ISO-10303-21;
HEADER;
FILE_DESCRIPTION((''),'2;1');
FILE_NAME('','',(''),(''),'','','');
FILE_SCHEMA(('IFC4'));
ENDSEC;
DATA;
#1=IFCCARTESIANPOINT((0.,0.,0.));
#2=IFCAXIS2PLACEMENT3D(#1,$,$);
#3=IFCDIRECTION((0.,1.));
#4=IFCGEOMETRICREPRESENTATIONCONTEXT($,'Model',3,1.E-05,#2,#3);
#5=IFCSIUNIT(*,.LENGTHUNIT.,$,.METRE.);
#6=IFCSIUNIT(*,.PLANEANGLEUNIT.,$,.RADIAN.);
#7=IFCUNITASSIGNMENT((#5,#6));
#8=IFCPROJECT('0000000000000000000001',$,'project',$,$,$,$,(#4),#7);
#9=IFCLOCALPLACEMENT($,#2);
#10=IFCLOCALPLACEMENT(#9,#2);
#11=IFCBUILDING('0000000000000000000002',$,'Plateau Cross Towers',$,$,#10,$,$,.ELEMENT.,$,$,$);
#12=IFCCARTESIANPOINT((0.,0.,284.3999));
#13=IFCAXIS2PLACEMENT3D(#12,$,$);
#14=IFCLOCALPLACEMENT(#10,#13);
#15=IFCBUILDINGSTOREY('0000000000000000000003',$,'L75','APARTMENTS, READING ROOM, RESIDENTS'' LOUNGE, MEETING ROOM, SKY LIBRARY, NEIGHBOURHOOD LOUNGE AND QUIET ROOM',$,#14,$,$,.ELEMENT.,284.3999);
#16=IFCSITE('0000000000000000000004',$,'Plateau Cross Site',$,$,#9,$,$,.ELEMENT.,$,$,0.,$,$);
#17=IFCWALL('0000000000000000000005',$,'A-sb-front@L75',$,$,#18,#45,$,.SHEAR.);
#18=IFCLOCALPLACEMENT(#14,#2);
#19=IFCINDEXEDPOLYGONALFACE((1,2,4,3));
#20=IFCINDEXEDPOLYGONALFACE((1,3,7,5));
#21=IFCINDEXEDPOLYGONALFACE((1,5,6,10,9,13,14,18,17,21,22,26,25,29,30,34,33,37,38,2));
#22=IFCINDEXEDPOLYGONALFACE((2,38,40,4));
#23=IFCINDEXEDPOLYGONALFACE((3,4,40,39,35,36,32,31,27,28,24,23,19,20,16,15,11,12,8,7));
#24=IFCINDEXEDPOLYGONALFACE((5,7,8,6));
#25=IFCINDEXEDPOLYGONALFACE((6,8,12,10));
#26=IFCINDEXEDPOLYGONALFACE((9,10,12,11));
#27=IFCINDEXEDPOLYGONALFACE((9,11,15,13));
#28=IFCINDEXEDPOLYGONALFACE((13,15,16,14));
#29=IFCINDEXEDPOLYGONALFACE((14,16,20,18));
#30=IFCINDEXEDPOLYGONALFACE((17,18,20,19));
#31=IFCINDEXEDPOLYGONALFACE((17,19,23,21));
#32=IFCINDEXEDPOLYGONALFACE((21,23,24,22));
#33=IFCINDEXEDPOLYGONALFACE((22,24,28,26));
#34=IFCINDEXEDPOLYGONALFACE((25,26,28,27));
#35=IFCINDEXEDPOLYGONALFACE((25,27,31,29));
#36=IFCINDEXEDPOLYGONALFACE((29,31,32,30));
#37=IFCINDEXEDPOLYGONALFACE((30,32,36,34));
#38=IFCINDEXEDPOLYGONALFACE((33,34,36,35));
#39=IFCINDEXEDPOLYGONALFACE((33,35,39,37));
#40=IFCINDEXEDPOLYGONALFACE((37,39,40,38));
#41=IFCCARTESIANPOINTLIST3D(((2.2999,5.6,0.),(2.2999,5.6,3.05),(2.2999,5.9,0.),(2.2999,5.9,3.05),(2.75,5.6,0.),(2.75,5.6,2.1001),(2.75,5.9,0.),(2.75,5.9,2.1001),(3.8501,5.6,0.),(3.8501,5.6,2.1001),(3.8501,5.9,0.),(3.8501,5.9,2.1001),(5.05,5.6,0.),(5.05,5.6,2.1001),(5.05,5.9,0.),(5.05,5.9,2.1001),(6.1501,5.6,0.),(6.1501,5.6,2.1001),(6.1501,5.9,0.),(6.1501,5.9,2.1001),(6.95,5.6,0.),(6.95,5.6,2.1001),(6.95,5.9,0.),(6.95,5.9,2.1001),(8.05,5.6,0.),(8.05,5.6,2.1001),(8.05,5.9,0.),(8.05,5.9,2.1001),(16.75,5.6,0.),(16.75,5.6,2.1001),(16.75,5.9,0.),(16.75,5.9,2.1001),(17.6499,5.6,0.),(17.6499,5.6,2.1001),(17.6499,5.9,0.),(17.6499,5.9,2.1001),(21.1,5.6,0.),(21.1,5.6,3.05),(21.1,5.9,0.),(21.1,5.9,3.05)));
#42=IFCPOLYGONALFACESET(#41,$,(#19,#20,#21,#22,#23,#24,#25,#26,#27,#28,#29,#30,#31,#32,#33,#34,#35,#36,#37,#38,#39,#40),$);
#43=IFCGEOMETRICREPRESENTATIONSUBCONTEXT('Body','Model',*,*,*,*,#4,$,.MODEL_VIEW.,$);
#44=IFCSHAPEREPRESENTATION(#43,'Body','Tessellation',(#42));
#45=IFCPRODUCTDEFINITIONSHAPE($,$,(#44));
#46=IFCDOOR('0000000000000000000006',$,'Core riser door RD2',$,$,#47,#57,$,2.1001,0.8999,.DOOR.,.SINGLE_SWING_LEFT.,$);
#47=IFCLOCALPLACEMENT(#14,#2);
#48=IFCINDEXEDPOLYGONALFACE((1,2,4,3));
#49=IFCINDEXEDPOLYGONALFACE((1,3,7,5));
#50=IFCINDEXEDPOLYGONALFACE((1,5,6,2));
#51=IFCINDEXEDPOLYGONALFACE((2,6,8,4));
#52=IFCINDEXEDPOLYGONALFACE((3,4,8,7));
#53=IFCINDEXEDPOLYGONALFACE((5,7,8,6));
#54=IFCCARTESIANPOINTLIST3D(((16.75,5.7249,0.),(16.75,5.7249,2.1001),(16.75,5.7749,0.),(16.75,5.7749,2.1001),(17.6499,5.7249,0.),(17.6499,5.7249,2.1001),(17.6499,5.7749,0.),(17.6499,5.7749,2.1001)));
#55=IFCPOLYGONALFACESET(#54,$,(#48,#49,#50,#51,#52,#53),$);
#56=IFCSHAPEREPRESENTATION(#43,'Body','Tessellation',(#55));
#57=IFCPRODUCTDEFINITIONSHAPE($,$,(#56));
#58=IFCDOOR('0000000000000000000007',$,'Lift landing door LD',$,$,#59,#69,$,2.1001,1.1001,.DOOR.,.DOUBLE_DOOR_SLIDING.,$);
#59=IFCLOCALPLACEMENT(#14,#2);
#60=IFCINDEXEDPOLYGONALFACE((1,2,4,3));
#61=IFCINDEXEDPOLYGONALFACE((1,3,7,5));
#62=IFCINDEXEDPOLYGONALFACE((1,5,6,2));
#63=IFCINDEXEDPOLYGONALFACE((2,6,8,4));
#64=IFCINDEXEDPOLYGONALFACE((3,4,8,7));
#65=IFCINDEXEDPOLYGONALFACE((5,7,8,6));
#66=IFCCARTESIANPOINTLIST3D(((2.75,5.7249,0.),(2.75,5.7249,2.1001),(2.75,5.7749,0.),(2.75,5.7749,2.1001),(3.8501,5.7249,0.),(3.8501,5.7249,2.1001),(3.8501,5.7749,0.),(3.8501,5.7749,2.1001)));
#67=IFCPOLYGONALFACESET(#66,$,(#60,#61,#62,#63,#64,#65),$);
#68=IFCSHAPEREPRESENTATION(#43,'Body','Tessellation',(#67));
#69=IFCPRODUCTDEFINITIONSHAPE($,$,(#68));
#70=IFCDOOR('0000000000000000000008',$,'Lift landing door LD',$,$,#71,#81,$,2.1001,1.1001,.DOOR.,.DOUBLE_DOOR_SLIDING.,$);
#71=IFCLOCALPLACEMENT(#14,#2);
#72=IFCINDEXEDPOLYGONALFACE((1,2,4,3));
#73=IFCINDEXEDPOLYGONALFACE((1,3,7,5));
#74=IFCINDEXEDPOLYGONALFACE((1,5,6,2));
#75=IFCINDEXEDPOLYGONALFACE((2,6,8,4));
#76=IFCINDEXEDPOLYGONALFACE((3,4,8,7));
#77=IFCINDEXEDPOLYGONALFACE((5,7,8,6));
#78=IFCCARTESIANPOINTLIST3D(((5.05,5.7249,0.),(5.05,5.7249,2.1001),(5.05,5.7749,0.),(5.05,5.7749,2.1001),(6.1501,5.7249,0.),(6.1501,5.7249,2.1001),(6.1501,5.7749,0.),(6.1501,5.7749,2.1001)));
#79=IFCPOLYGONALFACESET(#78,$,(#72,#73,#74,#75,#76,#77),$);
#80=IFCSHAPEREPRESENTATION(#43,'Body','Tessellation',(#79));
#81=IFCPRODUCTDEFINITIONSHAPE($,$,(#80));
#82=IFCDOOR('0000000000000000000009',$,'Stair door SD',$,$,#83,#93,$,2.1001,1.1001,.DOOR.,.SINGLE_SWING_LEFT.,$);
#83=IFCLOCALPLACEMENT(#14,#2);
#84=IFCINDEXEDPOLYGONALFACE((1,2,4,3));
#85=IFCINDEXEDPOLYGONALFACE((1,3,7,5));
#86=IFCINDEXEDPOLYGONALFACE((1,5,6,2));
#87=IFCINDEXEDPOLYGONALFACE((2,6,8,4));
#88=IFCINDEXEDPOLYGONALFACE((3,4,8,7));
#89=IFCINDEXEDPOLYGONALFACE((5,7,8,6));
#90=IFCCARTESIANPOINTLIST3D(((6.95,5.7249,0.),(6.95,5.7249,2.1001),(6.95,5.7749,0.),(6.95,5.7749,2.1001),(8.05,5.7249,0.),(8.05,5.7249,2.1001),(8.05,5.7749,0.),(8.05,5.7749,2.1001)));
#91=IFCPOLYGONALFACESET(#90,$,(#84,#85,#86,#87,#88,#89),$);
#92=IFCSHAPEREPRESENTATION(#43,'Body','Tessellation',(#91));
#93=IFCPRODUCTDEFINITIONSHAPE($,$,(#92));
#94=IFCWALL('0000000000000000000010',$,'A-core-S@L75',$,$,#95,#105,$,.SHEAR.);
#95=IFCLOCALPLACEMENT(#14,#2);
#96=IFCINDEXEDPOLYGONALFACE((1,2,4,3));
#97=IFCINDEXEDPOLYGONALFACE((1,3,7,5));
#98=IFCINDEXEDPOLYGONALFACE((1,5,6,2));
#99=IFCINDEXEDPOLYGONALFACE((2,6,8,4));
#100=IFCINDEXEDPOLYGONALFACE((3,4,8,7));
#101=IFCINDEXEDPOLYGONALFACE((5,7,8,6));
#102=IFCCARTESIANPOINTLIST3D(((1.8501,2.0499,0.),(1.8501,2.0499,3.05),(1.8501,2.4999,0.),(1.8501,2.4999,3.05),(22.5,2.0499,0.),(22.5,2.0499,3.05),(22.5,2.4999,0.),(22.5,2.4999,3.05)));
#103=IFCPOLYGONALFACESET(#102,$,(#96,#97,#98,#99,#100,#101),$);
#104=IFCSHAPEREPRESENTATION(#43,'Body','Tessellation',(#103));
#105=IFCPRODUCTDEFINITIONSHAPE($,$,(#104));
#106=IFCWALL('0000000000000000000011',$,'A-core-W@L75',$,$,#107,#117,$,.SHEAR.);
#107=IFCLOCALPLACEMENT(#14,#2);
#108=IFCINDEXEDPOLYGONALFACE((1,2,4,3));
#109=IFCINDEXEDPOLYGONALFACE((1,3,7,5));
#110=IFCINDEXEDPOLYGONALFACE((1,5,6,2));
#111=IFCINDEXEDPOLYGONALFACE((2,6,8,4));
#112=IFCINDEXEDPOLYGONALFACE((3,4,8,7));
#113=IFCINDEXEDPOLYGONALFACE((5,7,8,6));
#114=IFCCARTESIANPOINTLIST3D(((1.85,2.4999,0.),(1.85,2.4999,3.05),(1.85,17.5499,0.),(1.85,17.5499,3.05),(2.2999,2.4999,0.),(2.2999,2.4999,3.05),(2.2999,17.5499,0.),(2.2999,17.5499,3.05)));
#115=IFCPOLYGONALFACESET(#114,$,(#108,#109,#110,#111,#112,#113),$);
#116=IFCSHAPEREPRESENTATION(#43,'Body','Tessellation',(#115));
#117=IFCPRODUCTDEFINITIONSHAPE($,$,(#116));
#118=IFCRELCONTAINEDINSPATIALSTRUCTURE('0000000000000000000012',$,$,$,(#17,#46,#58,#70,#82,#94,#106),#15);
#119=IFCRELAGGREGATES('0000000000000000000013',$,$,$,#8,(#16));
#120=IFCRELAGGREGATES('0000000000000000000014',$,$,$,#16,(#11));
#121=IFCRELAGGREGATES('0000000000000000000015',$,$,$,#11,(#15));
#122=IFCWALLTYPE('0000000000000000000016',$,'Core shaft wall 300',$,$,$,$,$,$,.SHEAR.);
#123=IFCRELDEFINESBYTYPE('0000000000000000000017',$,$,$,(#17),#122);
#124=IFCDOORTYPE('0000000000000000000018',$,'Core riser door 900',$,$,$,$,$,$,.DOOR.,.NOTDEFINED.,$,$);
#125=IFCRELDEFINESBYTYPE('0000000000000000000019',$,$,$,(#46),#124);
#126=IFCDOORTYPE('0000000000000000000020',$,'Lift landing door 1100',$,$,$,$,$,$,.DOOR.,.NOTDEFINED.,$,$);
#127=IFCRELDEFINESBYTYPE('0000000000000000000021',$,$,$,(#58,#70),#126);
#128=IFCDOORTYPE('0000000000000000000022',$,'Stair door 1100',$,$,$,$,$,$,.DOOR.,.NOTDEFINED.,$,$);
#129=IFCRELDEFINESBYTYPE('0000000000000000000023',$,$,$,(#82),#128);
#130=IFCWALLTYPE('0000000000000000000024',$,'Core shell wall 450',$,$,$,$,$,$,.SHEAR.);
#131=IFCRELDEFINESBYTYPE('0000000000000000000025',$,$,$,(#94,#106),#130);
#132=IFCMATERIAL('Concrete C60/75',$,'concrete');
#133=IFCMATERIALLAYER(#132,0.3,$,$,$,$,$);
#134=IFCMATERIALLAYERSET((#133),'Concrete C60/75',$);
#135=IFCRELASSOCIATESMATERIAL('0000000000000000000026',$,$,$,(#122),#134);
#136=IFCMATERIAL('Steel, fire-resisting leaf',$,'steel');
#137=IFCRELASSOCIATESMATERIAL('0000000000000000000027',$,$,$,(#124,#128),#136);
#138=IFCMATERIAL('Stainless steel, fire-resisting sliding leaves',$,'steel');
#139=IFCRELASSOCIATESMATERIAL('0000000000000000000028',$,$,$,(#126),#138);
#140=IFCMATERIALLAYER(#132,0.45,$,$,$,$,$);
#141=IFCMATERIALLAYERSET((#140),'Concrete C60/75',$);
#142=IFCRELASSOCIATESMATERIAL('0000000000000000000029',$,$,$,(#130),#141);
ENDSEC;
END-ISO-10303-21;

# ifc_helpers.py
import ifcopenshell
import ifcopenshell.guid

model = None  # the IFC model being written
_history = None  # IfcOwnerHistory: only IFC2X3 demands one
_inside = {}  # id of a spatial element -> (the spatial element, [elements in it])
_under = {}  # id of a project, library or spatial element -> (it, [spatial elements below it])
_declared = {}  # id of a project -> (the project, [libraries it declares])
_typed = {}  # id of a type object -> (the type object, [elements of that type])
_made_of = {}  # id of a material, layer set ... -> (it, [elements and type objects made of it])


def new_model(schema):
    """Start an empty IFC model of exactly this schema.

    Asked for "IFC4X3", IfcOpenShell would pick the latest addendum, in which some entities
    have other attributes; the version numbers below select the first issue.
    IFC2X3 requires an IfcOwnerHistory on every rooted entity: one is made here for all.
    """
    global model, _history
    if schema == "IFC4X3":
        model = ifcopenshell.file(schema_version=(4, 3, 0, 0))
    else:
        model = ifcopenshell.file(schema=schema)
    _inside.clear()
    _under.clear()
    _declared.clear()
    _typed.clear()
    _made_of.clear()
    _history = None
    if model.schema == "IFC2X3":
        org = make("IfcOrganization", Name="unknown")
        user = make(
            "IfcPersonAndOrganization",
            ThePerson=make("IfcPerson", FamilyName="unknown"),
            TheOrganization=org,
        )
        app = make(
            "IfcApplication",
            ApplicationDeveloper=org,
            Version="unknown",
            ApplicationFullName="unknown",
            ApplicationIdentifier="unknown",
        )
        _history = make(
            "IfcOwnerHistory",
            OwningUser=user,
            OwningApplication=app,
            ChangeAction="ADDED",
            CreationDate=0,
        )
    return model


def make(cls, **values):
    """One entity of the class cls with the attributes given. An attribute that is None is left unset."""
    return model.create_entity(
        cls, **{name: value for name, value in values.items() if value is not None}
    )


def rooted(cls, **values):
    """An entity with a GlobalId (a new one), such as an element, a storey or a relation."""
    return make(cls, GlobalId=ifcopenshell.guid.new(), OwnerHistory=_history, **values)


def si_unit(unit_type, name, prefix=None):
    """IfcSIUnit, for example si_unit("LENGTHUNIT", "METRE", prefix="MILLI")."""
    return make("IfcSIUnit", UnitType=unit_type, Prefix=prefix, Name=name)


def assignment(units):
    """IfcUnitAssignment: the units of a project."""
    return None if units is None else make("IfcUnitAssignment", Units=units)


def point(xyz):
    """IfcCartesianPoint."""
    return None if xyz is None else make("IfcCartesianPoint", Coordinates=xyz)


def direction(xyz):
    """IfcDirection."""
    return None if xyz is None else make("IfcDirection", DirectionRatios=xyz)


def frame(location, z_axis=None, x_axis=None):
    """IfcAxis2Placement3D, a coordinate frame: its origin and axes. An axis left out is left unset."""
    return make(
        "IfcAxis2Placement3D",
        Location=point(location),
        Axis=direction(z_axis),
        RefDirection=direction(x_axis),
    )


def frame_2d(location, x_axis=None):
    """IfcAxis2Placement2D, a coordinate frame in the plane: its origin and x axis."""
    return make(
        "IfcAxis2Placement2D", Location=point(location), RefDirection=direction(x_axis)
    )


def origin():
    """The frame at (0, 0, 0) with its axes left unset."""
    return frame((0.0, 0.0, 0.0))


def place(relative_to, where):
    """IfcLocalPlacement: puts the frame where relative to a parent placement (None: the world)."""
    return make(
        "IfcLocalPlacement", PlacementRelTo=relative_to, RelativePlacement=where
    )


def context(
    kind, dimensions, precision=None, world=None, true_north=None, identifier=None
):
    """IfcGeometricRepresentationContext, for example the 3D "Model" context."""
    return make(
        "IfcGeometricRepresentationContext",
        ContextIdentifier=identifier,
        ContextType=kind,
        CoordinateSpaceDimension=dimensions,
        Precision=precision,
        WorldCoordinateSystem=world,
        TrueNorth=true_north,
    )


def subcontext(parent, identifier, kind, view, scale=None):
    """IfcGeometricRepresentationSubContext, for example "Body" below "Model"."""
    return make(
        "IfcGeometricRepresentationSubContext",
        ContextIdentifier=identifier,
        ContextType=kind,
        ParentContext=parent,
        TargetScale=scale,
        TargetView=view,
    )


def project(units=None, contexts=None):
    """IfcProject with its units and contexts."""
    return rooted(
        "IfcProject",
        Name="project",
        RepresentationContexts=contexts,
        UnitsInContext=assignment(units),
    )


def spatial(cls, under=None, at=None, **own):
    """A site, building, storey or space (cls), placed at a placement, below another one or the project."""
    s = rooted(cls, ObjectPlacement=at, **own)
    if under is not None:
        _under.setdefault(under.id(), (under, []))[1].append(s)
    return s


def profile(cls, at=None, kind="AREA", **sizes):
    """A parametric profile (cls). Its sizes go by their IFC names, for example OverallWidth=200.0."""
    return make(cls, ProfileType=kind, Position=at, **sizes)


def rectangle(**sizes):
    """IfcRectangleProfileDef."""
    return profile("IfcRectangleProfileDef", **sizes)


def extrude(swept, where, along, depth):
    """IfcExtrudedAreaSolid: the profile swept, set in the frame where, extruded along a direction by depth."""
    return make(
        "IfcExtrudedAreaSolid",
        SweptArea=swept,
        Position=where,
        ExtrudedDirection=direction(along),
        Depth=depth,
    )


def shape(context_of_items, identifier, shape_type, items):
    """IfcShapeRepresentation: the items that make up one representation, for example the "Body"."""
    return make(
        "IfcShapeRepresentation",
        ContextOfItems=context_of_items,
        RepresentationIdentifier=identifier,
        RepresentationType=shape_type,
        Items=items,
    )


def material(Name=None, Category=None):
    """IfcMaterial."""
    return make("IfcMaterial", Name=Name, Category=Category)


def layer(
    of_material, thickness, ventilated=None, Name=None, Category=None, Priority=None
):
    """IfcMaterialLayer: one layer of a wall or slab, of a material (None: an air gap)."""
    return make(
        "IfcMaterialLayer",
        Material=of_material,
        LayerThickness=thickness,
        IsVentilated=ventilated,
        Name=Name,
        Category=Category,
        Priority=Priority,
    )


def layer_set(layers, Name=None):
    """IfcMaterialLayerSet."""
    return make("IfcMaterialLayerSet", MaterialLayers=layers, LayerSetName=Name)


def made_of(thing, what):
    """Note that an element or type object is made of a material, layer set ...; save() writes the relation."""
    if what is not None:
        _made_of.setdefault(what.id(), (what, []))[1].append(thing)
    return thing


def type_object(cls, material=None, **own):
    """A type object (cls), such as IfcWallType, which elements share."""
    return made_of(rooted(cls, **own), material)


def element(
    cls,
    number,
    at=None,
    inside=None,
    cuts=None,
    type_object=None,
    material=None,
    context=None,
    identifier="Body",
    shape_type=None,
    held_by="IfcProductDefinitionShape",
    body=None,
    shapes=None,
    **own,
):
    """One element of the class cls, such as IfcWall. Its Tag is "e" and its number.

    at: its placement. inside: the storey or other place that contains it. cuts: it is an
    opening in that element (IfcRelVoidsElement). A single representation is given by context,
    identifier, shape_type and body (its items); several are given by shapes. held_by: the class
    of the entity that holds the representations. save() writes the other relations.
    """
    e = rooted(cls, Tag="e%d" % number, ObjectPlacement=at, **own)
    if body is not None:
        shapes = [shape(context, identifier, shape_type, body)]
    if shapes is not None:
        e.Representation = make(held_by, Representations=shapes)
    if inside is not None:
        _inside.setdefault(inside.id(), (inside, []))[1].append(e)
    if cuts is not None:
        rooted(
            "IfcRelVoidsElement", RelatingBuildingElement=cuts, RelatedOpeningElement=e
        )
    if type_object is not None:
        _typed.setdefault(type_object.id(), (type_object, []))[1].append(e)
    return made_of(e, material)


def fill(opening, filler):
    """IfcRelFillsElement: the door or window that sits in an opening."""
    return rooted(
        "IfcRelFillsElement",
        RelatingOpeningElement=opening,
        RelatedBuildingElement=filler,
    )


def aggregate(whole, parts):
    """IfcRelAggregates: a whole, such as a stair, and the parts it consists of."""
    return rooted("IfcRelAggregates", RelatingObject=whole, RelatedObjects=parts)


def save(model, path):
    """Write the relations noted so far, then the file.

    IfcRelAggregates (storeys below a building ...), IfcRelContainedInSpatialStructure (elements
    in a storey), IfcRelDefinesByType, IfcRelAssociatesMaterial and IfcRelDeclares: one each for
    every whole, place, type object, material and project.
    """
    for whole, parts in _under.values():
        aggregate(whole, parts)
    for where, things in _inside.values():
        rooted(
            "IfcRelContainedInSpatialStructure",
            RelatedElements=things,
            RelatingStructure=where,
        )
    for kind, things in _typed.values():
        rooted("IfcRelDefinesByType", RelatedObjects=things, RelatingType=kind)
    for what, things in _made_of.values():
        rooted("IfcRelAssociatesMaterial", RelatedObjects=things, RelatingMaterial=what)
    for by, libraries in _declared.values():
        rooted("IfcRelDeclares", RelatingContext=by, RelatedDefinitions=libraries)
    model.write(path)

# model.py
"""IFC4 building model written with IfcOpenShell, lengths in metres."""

from ifc_helpers import new_model, si_unit, direction, frame, frame_2d, origin, place, context, subcontext, project, spatial, rectangle, extrude, material, layer, layer_set, type_object, element, fill, save


model = new_model("IFC4")

# Units and contexts
model_context = context("Model", 3, precision=1e-05, world=origin(), true_north=direction((0.0, 1.0)))
body_context = subcontext(model_context, "Body", "Model", "MODEL_VIEW")
ifc_project = project(units=[si_unit("LENGTHUNIT", "METRE"), si_unit("PLANEANGLEUNIT", "RADIAN")], contexts=[model_context])

# Site, building, storey
site_placement = place(None, origin())
site = spatial("IfcSite", under=ifc_project, at=site_placement, Name="Plateau Cross Site", CompositionType="ELEMENT", RefElevation=0.0)
building_placement = place(site_placement, origin())
building = spatial("IfcBuilding", under=site, at=building_placement, Name="Plateau Cross Towers", CompositionType="ELEMENT")
storey_placement = place(building_placement, frame((0.0, 0.0, 284.3999)))
storey = spatial("IfcBuildingStorey", under=building, at=storey_placement, Name="L75", Description="APARTMENTS, READING ROOM, RESIDENTS' LOUNGE, MEETING ROOM, SKY LIBRARY, NEIGHBOURHOOD LOUNGE AND QUIET ROOM", CompositionType="ELEMENT", Elevation=284.3999)

# Shared definitions
ifc_material_1 = material(Name="Concrete C60/75", Category="concrete")

# Shared definitions
ifc_layer_1 = layer(ifc_material_1, 0.3)
ifc_layer_set_1 = layer_set([ifc_layer_1], Name="Concrete C60/75")
wall_type_1 = type_object("IfcWallType", Name="Core shaft wall 300", PredefinedType="SHEAR", material=ifc_layer_set_1)

# Wall, openings, doors
wall_1_placement = place(storey_placement, frame((2.3, 5.75, 0.0), z_axis=(0.0, 0.0, 1.0), x_axis=(1.0, 0.0, 0.0)))
wall_1 = element("IfcWall", 1, at=wall_1_placement, inside=storey, type_object=wall_type_1, Name="A-sb-front@L75", PredefinedType="SHEAR", context=body_context, shape_type="SweptSolid", body=[
    extrude(rectangle(XDim=18.8, YDim=0.3, at=frame_2d((9.3999, 0.0))), origin(), (0.0, 0.0, 1.0), 3.05),
])
opening_1_placement = place(wall_1_placement, frame((4.6499, 0.0, 0.0)))
opening_1 = element("IfcOpeningElement", 2, at=opening_1_placement, cuts=wall_1, PredefinedType="OPENING", context=body_context, shape_type="SweptSolid", body=[
    extrude(rectangle(XDim=1.1001, YDim=2.1001, at=frame_2d((0.55, 1.05))), frame((0.0, 0.1599, 0.0), z_axis=(0.0, -1.0, 0.0), x_axis=(1.0, 0.0, 0.0)), (0.0, 0.0, 1.0), 0.3201),
])
opening_2_placement = place(wall_1_placement, frame((0.45, 0.0, 0.0)))
opening_2 = element("IfcOpeningElement", 3, at=opening_2_placement, cuts=wall_1, PredefinedType="OPENING", context=body_context, shape_type="SweptSolid", body=[
    extrude(rectangle(XDim=1.1001, YDim=2.1001, at=frame_2d((0.55, 1.05))), frame((0.0, 0.1599, 0.0), z_axis=(0.0, -1.0, 0.0), x_axis=(1.0, 0.0, 0.0)), (0.0, 0.0, 1.0), 0.3201),
])
opening_3_placement = place(wall_1_placement, frame((2.75, 0.0, 0.0)))
opening_3 = element("IfcOpeningElement", 4, at=opening_3_placement, cuts=wall_1, PredefinedType="OPENING", context=body_context, shape_type="SweptSolid", body=[
    extrude(rectangle(XDim=1.1001, YDim=2.1001, at=frame_2d((0.55, 1.05))), frame((0.0, 0.1599, 0.0), z_axis=(0.0, -1.0, 0.0), x_axis=(1.0, 0.0, 0.0)), (0.0, 0.0, 1.0), 0.3201),
])
opening_4_placement = place(wall_1_placement, frame((14.45, 0.0, 0.0)))
opening_4 = element("IfcOpeningElement", 5, at=opening_4_placement, cuts=wall_1, PredefinedType="OPENING", context=body_context, shape_type="SweptSolid", body=[
    extrude(rectangle(XDim=0.8999, YDim=2.1001, at=frame_2d((0.45, 1.05))), frame((0.0, 0.1599, 0.0), z_axis=(0.0, -1.0, 0.0), x_axis=(1.0, 0.0, 0.0)), (0.0, 0.0, 1.0), 0.3201),
])
ifc_material_2 = material(Name="Steel, fire-resisting leaf", Category="steel")
door_type_1 = type_object("IfcDoorType", Name="Core riser door 900", OperationType="NOTDEFINED", PredefinedType="DOOR", material=ifc_material_2)
door_1_placement = place(opening_4_placement, origin())
door_1 = element("IfcDoor", 6, at=door_1_placement, inside=storey, type_object=door_type_1, Name="Core riser door RD2", OperationType="SINGLE_SWING_LEFT", OverallHeight=2.1001, OverallWidth=0.8999, PredefinedType="DOOR", context=body_context, shape_type="SweptSolid", body=[
    extrude(rectangle(XDim=0.8999, YDim=2.1001, at=frame_2d((0.45, 1.05))), frame((0.0, 0.0249, 0.0), z_axis=(0.0, -1.0, 0.0), x_axis=(1.0, 0.0, 0.0)), (0.0, 0.0, 1.0), 0.05),
])
fill(opening_4, door_1)
ifc_material_3 = material(Name="Stainless steel, fire-resisting sliding leaves", Category="steel")
door_type_2 = type_object("IfcDoorType", Name="Lift landing door 1100", OperationType="NOTDEFINED", PredefinedType="DOOR", material=ifc_material_3)
door_2_placement = place(opening_2_placement, origin())
door_2 = element("IfcDoor", 7, at=door_2_placement, inside=storey, type_object=door_type_2, Name="Lift landing door LD", OperationType="DOUBLE_DOOR_SLIDING", OverallHeight=2.1001, OverallWidth=1.1001, PredefinedType="DOOR", context=body_context, shape_type="SweptSolid", body=[
    extrude(rectangle(XDim=1.1001, YDim=2.1001, at=frame_2d((0.55, 1.05))), frame((0.0, 0.0249, 0.0), z_axis=(0.0, -1.0, 0.0), x_axis=(1.0, 0.0, 0.0)), (0.0, 0.0, 1.0), 0.05),
])
fill(opening_2, door_2)
door_3_placement = place(opening_3_placement, origin())
door_3 = element("IfcDoor", 8, at=door_3_placement, inside=storey, type_object=door_type_2, Name="Lift landing door LD", OperationType="DOUBLE_DOOR_SLIDING", OverallHeight=2.1001, OverallWidth=1.1001, PredefinedType="DOOR", context=body_context, shape_type="SweptSolid", body=[
    extrude(rectangle(XDim=1.1001, YDim=2.1001, at=frame_2d((0.55, 1.05))), frame((0.0, 0.0249, 0.0), z_axis=(0.0, -1.0, 0.0), x_axis=(1.0, 0.0, 0.0)), (0.0, 0.0, 1.0), 0.05),
])
fill(opening_3, door_3)
door_type_3 = type_object("IfcDoorType", Name="Stair door 1100", OperationType="NOTDEFINED", PredefinedType="DOOR", material=ifc_material_2)
door_4_placement = place(opening_1_placement, origin())
door_4 = element("IfcDoor", 9, at=door_4_placement, inside=storey, type_object=door_type_3, Name="Stair door SD", OperationType="SINGLE_SWING_LEFT", OverallHeight=2.1001, OverallWidth=1.1001, PredefinedType="DOOR", context=body_context, shape_type="SweptSolid", body=[
    extrude(rectangle(XDim=1.1001, YDim=2.1001, at=frame_2d((0.55, 1.05))), frame((0.0, 0.0249, 0.0), z_axis=(0.0, -1.0, 0.0), x_axis=(1.0, 0.0, 0.0)), (0.0, 0.0, 1.0), 0.05),
])
fill(opening_1, door_4)

# Walls
ifc_layer_2 = layer(ifc_material_1, 0.45)
ifc_layer_set_2 = layer_set([ifc_layer_2], Name="Concrete C60/75")
wall_type_2 = type_object("IfcWallType", Name="Core shell wall 450", PredefinedType="SHEAR", material=ifc_layer_set_2)
wall_2_placement = place(storey_placement, frame((1.8501, 2.2749, 0.0), z_axis=(0.0, 0.0, 1.0), x_axis=(1.0, 0.0, 0.0)))
element("IfcWall", 10, at=wall_2_placement, inside=storey, type_object=wall_type_2, Name="A-core-S@L75", PredefinedType="SHEAR", context=body_context, shape_type="SweptSolid", body=[
    extrude(rectangle(XDim=20.6499, YDim=0.45, at=frame_2d((10.325, 0.0))), origin(), (0.0, 0.0, 1.0), 3.05),
])
wall_3_placement = place(storey_placement, frame((2.075, 2.5, 0.0), z_axis=(0.0, 0.0, 1.0), x_axis=(0.0, 1.0, 0.0)))
element("IfcWall", 11, at=wall_3_placement, inside=storey, type_object=wall_type_2, Name="A-core-W@L75", PredefinedType="SHEAR", context=body_context, shape_type="SweptSolid", body=[
    extrude(rectangle(XDim=15.05, YDim=0.45, at=frame_2d((7.5249, 0.0))), origin(), (0.0, 0.0, 1.0), 3.05),
])

save(model, "model.ifc")
